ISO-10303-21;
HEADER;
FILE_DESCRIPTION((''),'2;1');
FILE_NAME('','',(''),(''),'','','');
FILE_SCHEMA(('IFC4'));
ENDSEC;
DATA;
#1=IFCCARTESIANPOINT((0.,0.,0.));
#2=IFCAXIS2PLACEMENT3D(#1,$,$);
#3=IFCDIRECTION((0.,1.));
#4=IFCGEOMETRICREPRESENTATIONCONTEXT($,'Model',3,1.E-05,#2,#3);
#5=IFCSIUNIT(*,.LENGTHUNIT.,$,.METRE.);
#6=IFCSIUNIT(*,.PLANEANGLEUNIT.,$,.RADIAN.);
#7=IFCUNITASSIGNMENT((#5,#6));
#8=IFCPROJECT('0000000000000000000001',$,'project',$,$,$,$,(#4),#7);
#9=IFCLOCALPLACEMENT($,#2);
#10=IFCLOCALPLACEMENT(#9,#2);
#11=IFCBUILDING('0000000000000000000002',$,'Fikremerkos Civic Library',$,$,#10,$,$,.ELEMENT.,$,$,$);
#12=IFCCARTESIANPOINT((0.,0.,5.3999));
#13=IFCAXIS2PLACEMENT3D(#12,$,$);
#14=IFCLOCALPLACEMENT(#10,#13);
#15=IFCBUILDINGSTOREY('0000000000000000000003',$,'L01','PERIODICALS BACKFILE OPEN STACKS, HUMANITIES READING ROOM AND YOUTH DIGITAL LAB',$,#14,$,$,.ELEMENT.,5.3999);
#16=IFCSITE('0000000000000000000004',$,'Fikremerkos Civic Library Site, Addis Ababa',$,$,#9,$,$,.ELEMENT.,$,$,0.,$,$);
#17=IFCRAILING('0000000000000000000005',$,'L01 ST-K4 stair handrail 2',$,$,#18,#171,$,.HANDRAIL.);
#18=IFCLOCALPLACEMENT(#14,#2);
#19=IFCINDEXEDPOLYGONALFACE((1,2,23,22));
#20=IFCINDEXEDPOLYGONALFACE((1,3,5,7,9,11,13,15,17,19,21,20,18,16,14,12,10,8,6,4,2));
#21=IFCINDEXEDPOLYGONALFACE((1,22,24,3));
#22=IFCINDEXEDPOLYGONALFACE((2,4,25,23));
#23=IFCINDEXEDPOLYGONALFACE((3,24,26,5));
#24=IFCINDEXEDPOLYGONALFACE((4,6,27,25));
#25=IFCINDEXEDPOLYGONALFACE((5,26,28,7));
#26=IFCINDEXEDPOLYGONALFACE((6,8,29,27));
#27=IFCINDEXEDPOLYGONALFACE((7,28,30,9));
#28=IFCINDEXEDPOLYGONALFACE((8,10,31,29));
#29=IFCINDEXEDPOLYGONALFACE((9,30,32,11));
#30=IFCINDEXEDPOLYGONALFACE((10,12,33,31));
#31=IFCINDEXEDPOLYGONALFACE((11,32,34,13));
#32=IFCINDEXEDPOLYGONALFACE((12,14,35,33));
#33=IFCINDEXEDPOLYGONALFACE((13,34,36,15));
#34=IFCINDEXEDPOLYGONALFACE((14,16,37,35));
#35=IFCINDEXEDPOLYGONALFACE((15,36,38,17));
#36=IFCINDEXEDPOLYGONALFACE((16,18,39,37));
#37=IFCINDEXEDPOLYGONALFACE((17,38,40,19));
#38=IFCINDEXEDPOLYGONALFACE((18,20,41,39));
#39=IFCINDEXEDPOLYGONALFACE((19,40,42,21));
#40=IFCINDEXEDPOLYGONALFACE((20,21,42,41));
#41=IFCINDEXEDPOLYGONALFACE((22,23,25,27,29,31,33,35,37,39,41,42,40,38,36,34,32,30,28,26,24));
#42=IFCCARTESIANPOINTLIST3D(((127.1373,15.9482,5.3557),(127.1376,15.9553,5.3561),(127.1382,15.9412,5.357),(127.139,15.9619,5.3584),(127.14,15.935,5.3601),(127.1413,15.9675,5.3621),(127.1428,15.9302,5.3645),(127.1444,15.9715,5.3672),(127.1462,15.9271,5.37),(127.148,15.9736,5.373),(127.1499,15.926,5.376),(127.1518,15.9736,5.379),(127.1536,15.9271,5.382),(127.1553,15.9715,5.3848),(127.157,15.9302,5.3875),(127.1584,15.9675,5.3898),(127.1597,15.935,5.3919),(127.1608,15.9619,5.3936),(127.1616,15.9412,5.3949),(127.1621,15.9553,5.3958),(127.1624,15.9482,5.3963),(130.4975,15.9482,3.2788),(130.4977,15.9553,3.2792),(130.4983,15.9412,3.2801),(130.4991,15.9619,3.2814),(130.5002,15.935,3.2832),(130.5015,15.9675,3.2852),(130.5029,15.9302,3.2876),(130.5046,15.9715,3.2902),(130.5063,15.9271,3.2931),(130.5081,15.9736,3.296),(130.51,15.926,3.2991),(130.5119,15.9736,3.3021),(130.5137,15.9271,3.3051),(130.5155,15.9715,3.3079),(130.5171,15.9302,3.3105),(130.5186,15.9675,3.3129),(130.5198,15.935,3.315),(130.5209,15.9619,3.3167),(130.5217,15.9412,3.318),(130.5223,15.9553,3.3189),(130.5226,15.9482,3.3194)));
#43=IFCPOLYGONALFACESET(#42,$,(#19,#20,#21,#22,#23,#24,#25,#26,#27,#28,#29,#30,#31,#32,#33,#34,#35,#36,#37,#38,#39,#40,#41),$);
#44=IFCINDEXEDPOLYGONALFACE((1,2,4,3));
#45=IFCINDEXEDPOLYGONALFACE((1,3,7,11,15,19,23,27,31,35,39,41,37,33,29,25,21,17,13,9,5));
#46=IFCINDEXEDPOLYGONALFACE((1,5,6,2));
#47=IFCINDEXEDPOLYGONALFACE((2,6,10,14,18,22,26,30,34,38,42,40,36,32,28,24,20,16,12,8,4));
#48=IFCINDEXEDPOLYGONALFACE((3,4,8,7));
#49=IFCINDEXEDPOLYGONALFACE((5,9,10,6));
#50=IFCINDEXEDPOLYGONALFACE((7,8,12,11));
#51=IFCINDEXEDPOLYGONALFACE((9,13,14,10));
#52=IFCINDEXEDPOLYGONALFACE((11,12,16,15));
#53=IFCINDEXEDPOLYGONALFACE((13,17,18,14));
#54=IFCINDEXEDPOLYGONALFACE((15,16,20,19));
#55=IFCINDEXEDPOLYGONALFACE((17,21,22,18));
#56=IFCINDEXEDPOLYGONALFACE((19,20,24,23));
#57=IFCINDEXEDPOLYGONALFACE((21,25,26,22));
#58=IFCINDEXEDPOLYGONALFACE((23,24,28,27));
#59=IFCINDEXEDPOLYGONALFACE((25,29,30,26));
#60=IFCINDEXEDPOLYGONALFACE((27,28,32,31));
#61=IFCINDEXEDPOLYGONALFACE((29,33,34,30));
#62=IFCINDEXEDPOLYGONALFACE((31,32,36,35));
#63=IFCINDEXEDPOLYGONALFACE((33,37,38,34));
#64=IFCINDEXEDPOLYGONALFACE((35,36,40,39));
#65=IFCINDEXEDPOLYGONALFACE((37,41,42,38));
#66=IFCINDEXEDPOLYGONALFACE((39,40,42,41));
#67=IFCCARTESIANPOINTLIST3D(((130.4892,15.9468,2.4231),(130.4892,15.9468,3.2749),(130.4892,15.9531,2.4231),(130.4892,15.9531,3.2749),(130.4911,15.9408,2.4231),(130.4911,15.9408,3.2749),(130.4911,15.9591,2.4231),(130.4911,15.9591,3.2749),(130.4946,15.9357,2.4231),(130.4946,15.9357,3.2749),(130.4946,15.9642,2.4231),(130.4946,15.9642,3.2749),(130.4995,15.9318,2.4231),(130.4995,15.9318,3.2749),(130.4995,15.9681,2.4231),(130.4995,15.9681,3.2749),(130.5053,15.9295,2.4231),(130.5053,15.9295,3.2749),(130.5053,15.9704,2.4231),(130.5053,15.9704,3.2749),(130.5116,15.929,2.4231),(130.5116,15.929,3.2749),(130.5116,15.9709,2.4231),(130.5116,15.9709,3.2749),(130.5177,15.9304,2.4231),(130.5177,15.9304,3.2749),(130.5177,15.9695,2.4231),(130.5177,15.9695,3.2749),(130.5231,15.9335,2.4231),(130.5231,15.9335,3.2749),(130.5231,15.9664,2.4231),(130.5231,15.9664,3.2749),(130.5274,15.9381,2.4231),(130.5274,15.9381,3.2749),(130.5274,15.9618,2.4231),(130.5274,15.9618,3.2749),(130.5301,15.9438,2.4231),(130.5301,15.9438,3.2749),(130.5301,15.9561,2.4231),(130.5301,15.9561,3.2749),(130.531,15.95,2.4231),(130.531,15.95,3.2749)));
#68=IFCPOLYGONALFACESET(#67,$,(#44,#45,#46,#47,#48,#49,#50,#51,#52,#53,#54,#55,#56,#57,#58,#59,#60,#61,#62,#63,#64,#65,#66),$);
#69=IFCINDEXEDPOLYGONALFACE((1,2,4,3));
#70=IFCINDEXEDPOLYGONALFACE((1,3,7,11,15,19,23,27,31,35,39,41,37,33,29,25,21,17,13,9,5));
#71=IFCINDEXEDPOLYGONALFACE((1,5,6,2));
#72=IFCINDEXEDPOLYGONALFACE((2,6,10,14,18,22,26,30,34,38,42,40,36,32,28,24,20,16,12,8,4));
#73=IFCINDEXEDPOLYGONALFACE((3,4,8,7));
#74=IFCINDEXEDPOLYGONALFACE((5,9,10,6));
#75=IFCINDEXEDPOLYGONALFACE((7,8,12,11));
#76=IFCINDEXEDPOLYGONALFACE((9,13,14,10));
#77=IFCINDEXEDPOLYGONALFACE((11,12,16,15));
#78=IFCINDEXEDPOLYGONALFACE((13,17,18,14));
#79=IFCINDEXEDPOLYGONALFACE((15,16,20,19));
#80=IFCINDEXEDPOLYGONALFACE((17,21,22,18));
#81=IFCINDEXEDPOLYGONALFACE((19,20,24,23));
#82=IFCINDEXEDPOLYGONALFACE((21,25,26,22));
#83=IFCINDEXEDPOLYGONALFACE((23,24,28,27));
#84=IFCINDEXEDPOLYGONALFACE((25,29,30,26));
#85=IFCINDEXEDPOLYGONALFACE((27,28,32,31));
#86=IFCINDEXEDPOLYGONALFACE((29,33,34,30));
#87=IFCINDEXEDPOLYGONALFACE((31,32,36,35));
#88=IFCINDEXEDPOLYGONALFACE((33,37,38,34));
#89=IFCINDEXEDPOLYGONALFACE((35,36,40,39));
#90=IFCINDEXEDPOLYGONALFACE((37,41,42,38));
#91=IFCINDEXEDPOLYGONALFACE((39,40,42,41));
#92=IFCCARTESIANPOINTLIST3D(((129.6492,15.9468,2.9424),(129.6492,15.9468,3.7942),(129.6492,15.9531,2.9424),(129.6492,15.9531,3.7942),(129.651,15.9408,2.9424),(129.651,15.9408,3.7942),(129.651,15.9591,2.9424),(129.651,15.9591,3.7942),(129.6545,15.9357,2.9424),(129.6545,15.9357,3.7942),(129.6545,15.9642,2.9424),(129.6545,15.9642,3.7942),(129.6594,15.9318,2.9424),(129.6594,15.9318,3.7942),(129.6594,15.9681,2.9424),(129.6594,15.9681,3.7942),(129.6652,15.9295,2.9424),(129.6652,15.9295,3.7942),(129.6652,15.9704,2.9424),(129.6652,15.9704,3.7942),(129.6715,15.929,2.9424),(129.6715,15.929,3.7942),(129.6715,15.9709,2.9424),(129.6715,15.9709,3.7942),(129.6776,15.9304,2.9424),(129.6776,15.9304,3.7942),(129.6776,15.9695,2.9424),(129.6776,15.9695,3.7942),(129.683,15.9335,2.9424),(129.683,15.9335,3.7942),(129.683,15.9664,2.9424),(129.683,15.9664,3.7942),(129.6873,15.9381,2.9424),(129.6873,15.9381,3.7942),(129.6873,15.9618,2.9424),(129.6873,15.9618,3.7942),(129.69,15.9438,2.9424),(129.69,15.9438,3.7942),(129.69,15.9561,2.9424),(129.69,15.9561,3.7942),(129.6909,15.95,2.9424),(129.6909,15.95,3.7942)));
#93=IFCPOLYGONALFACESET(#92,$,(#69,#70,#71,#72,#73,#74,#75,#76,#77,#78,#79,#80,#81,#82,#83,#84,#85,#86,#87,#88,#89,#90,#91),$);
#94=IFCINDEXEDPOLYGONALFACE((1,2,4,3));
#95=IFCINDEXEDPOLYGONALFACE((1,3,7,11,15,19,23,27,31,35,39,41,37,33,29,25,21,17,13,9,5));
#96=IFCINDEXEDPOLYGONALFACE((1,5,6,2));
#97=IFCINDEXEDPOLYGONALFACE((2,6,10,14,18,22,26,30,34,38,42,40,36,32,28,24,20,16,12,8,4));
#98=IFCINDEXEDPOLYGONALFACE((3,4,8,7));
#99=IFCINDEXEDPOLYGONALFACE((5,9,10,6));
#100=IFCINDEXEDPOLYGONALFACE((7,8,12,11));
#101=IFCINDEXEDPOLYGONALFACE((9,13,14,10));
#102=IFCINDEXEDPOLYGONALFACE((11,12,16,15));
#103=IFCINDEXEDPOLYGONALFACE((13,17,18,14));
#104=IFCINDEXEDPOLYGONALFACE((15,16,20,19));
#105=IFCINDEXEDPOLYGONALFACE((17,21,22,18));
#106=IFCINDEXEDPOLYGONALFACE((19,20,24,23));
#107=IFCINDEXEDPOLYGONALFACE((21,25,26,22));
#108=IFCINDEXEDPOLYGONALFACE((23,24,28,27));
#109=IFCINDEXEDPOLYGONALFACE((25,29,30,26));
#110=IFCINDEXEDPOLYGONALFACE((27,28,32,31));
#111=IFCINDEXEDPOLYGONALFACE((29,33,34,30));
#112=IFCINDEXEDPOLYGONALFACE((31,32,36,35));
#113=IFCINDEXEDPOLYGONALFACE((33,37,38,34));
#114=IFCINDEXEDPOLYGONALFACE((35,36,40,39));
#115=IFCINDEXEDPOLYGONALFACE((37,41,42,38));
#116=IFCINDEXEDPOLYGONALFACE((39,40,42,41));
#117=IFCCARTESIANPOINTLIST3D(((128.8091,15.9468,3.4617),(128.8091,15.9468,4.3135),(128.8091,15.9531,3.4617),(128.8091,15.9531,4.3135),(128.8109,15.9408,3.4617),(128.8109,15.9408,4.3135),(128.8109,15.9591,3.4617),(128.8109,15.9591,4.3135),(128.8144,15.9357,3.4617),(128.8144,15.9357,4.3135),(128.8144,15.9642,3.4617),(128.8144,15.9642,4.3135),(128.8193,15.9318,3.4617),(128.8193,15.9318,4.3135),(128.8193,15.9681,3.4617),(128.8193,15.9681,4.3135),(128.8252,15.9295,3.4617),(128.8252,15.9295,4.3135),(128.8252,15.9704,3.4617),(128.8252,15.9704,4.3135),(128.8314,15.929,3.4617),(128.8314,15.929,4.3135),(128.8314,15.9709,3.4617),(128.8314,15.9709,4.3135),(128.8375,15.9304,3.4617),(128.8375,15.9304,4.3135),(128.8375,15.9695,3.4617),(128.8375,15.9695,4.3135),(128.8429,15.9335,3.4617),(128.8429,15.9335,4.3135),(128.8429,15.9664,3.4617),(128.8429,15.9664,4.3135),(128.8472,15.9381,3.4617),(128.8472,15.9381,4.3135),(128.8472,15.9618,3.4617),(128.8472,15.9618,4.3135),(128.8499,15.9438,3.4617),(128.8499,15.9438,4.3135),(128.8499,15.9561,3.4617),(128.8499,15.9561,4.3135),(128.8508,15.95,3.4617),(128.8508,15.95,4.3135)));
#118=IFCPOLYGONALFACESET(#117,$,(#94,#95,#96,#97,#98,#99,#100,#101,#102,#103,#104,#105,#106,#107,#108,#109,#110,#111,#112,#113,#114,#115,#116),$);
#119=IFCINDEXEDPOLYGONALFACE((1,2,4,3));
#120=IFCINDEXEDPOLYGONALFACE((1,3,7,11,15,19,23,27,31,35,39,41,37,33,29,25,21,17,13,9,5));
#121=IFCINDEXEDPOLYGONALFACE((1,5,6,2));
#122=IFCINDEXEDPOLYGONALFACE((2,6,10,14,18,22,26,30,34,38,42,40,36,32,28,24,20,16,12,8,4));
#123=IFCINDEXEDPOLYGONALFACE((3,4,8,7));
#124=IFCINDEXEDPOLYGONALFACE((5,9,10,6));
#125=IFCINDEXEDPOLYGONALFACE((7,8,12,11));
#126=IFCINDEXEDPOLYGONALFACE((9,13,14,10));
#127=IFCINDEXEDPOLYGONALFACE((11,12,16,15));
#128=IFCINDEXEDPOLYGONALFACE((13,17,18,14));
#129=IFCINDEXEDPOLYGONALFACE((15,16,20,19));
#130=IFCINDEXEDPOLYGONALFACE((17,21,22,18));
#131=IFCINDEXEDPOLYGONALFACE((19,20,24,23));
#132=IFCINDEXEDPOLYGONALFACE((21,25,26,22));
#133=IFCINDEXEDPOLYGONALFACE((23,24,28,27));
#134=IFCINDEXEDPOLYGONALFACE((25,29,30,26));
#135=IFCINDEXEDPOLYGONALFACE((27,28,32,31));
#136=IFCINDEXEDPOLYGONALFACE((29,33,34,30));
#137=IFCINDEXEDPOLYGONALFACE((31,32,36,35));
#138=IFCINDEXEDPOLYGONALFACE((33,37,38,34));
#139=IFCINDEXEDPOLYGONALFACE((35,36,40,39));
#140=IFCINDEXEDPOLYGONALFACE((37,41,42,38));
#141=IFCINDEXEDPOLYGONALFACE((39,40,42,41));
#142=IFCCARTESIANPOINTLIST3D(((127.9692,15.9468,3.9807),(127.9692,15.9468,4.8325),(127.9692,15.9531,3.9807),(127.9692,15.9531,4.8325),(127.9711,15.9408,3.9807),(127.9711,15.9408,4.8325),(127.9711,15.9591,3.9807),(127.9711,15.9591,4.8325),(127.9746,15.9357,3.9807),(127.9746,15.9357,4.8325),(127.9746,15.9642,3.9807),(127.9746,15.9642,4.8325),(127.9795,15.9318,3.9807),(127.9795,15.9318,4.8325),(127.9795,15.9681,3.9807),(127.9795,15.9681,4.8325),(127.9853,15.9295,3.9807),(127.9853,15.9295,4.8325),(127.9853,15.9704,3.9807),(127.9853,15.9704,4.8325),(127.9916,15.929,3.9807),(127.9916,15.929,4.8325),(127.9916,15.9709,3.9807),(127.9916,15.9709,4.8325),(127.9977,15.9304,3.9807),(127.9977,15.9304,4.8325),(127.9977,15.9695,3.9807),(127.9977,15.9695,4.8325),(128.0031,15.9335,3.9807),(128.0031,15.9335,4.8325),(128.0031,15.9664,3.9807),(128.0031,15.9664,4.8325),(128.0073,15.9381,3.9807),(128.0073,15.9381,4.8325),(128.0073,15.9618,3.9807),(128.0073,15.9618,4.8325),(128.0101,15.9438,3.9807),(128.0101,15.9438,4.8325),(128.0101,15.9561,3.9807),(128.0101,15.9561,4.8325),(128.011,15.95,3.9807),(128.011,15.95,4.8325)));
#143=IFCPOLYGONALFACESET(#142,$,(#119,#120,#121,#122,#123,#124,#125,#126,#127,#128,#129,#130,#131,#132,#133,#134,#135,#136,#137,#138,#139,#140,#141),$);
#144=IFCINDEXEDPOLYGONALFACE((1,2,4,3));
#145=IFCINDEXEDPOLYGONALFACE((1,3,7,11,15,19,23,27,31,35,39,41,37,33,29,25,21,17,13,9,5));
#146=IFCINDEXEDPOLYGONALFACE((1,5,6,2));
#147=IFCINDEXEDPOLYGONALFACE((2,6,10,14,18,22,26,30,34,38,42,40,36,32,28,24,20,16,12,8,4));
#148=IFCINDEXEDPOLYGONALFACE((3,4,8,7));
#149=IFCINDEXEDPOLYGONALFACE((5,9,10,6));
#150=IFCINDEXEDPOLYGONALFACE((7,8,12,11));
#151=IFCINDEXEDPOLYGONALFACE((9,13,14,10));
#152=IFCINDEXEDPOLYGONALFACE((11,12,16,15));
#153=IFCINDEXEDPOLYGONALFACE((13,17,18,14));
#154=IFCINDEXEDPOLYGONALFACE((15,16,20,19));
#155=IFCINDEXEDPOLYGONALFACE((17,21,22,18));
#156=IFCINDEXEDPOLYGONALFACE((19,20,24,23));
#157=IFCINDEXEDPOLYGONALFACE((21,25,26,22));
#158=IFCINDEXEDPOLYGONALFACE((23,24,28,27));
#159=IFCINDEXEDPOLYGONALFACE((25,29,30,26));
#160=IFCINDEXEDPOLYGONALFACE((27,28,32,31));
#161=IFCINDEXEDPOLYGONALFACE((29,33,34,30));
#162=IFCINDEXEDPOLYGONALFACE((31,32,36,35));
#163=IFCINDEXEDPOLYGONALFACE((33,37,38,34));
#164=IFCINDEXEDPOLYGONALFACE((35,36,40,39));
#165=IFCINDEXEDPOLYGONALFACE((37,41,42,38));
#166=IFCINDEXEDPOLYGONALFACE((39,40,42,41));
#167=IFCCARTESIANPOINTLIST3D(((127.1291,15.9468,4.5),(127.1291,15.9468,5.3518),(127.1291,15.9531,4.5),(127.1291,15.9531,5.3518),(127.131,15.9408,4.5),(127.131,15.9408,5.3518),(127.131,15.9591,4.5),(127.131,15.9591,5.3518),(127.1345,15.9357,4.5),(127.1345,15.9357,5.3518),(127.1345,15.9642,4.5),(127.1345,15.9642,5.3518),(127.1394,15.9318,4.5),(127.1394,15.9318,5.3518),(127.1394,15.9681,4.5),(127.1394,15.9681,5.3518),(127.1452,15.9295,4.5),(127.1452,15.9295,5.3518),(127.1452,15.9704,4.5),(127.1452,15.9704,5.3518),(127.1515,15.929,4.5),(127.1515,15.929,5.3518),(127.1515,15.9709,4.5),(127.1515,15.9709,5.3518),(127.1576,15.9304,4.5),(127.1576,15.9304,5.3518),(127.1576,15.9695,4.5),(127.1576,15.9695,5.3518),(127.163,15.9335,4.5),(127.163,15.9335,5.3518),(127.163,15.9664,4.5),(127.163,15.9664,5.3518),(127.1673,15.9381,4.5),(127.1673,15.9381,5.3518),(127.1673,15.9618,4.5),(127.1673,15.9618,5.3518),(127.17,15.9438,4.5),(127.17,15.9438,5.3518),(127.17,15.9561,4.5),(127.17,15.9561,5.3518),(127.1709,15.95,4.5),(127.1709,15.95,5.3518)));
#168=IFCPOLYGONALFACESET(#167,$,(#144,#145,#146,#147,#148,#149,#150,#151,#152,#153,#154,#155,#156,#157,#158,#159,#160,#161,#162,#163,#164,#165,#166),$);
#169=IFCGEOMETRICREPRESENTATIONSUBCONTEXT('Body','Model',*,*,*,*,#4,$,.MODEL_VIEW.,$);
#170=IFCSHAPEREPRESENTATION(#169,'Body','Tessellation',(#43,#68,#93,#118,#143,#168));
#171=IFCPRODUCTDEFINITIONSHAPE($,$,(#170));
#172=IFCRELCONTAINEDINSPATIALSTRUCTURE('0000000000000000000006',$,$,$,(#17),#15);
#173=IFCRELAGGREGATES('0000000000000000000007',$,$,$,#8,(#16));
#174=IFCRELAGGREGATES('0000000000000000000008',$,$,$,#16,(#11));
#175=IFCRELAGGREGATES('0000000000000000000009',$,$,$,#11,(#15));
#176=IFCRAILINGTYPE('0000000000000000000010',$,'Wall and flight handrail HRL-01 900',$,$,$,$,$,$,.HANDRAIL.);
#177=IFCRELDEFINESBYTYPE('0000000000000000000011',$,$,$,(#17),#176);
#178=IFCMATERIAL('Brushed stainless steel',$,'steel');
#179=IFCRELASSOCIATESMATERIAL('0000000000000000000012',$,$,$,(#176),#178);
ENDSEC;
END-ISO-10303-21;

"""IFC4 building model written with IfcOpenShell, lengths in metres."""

from ifc_helpers import new_model, si_unit, direction, frame, origin, origin_2d, place, context, subcontext, project, spatial, circle, extrude, material, type_object, element, save


model = new_model("IFC4")

# Units and contexts
model_context = context("Model", 3, precision=1e-05, world=origin(), true_north=direction((0.0, 1.0)))
body_context = subcontext(model_context, "Body", "Model", "MODEL_VIEW")
ifc_project = project(units=[si_unit("LENGTHUNIT", "METRE"), si_unit("PLANEANGLEUNIT", "RADIAN")], contexts=[model_context])

# Site, building, storey
site_placement = place(None, origin())
site = spatial("IfcSite", under=ifc_project, at=site_placement, Name="Fikremerkos Civic Library Site, Addis Ababa", CompositionType="ELEMENT", RefElevation=0.0)
building_placement = place(site_placement, origin())
building = spatial("IfcBuilding", under=site, at=building_placement, Name="Fikremerkos Civic Library", CompositionType="ELEMENT")
storey_placement = place(building_placement, frame((0.0, 0.0, 5.3999)))
storey = spatial("IfcBuildingStorey", under=building, at=storey_placement, Name="L01", Description="PERIODICALS BACKFILE OPEN STACKS, HUMANITIES READING ROOM AND YOUTH DIGITAL LAB", CompositionType="ELEMENT", Elevation=5.3999)

# Railing
ifc_material_1 = material(Name="Brushed stainless steel", Category="steel")
railing_type_1 = type_object("IfcRailingType", Name="Wall and flight handrail HRL-01 900", PredefinedType="HANDRAIL", material=ifc_material_1)
railing_1_placement = place(storey_placement, frame((130.51, 15.95, 2.4231)))
element("IfcRailing", 1, at=railing_1_placement, inside=storey, type_object=railing_type_1, Name="L01 ST-K4 stair handrail 2", PredefinedType="HANDRAIL", context=body_context, shape_type="SweptSolid", body=[
    extrude(circle(Radius=0.0239, at=origin_2d()), frame((0.0, 0.0, 0.876), z_axis=(-0.850623, 0.0, 0.525776), x_axis=(0.0, -1.0, 0.0)), (0.0, 0.0, 1.0), 3.9502),
    extrude(circle(Radius=0.021, at=origin_2d()), origin(), (0.0, 0.0, 1.0), 0.8518),
    extrude(circle(Radius=0.021, at=origin_2d()), frame((-0.8401, 0.0, 0.5193)), (0.0, 0.0, 1.0), 0.8518),
    extrude(circle(Radius=0.021, at=origin_2d()), frame((-1.6802, 0.0, 1.0386)), (0.0, 0.0, 1.0), 0.8518),
    extrude(circle(Radius=0.021, at=origin_2d()), frame((-2.52, 0.0, 1.5576)), (0.0, 0.0, 1.0), 0.8518),
    extrude(circle(Radius=0.021, at=origin_2d()), frame((-3.3601, 0.0, 2.0769)), (0.0, 0.0, 1.0), 0.8518),
])

save(model, "model.ifc")
